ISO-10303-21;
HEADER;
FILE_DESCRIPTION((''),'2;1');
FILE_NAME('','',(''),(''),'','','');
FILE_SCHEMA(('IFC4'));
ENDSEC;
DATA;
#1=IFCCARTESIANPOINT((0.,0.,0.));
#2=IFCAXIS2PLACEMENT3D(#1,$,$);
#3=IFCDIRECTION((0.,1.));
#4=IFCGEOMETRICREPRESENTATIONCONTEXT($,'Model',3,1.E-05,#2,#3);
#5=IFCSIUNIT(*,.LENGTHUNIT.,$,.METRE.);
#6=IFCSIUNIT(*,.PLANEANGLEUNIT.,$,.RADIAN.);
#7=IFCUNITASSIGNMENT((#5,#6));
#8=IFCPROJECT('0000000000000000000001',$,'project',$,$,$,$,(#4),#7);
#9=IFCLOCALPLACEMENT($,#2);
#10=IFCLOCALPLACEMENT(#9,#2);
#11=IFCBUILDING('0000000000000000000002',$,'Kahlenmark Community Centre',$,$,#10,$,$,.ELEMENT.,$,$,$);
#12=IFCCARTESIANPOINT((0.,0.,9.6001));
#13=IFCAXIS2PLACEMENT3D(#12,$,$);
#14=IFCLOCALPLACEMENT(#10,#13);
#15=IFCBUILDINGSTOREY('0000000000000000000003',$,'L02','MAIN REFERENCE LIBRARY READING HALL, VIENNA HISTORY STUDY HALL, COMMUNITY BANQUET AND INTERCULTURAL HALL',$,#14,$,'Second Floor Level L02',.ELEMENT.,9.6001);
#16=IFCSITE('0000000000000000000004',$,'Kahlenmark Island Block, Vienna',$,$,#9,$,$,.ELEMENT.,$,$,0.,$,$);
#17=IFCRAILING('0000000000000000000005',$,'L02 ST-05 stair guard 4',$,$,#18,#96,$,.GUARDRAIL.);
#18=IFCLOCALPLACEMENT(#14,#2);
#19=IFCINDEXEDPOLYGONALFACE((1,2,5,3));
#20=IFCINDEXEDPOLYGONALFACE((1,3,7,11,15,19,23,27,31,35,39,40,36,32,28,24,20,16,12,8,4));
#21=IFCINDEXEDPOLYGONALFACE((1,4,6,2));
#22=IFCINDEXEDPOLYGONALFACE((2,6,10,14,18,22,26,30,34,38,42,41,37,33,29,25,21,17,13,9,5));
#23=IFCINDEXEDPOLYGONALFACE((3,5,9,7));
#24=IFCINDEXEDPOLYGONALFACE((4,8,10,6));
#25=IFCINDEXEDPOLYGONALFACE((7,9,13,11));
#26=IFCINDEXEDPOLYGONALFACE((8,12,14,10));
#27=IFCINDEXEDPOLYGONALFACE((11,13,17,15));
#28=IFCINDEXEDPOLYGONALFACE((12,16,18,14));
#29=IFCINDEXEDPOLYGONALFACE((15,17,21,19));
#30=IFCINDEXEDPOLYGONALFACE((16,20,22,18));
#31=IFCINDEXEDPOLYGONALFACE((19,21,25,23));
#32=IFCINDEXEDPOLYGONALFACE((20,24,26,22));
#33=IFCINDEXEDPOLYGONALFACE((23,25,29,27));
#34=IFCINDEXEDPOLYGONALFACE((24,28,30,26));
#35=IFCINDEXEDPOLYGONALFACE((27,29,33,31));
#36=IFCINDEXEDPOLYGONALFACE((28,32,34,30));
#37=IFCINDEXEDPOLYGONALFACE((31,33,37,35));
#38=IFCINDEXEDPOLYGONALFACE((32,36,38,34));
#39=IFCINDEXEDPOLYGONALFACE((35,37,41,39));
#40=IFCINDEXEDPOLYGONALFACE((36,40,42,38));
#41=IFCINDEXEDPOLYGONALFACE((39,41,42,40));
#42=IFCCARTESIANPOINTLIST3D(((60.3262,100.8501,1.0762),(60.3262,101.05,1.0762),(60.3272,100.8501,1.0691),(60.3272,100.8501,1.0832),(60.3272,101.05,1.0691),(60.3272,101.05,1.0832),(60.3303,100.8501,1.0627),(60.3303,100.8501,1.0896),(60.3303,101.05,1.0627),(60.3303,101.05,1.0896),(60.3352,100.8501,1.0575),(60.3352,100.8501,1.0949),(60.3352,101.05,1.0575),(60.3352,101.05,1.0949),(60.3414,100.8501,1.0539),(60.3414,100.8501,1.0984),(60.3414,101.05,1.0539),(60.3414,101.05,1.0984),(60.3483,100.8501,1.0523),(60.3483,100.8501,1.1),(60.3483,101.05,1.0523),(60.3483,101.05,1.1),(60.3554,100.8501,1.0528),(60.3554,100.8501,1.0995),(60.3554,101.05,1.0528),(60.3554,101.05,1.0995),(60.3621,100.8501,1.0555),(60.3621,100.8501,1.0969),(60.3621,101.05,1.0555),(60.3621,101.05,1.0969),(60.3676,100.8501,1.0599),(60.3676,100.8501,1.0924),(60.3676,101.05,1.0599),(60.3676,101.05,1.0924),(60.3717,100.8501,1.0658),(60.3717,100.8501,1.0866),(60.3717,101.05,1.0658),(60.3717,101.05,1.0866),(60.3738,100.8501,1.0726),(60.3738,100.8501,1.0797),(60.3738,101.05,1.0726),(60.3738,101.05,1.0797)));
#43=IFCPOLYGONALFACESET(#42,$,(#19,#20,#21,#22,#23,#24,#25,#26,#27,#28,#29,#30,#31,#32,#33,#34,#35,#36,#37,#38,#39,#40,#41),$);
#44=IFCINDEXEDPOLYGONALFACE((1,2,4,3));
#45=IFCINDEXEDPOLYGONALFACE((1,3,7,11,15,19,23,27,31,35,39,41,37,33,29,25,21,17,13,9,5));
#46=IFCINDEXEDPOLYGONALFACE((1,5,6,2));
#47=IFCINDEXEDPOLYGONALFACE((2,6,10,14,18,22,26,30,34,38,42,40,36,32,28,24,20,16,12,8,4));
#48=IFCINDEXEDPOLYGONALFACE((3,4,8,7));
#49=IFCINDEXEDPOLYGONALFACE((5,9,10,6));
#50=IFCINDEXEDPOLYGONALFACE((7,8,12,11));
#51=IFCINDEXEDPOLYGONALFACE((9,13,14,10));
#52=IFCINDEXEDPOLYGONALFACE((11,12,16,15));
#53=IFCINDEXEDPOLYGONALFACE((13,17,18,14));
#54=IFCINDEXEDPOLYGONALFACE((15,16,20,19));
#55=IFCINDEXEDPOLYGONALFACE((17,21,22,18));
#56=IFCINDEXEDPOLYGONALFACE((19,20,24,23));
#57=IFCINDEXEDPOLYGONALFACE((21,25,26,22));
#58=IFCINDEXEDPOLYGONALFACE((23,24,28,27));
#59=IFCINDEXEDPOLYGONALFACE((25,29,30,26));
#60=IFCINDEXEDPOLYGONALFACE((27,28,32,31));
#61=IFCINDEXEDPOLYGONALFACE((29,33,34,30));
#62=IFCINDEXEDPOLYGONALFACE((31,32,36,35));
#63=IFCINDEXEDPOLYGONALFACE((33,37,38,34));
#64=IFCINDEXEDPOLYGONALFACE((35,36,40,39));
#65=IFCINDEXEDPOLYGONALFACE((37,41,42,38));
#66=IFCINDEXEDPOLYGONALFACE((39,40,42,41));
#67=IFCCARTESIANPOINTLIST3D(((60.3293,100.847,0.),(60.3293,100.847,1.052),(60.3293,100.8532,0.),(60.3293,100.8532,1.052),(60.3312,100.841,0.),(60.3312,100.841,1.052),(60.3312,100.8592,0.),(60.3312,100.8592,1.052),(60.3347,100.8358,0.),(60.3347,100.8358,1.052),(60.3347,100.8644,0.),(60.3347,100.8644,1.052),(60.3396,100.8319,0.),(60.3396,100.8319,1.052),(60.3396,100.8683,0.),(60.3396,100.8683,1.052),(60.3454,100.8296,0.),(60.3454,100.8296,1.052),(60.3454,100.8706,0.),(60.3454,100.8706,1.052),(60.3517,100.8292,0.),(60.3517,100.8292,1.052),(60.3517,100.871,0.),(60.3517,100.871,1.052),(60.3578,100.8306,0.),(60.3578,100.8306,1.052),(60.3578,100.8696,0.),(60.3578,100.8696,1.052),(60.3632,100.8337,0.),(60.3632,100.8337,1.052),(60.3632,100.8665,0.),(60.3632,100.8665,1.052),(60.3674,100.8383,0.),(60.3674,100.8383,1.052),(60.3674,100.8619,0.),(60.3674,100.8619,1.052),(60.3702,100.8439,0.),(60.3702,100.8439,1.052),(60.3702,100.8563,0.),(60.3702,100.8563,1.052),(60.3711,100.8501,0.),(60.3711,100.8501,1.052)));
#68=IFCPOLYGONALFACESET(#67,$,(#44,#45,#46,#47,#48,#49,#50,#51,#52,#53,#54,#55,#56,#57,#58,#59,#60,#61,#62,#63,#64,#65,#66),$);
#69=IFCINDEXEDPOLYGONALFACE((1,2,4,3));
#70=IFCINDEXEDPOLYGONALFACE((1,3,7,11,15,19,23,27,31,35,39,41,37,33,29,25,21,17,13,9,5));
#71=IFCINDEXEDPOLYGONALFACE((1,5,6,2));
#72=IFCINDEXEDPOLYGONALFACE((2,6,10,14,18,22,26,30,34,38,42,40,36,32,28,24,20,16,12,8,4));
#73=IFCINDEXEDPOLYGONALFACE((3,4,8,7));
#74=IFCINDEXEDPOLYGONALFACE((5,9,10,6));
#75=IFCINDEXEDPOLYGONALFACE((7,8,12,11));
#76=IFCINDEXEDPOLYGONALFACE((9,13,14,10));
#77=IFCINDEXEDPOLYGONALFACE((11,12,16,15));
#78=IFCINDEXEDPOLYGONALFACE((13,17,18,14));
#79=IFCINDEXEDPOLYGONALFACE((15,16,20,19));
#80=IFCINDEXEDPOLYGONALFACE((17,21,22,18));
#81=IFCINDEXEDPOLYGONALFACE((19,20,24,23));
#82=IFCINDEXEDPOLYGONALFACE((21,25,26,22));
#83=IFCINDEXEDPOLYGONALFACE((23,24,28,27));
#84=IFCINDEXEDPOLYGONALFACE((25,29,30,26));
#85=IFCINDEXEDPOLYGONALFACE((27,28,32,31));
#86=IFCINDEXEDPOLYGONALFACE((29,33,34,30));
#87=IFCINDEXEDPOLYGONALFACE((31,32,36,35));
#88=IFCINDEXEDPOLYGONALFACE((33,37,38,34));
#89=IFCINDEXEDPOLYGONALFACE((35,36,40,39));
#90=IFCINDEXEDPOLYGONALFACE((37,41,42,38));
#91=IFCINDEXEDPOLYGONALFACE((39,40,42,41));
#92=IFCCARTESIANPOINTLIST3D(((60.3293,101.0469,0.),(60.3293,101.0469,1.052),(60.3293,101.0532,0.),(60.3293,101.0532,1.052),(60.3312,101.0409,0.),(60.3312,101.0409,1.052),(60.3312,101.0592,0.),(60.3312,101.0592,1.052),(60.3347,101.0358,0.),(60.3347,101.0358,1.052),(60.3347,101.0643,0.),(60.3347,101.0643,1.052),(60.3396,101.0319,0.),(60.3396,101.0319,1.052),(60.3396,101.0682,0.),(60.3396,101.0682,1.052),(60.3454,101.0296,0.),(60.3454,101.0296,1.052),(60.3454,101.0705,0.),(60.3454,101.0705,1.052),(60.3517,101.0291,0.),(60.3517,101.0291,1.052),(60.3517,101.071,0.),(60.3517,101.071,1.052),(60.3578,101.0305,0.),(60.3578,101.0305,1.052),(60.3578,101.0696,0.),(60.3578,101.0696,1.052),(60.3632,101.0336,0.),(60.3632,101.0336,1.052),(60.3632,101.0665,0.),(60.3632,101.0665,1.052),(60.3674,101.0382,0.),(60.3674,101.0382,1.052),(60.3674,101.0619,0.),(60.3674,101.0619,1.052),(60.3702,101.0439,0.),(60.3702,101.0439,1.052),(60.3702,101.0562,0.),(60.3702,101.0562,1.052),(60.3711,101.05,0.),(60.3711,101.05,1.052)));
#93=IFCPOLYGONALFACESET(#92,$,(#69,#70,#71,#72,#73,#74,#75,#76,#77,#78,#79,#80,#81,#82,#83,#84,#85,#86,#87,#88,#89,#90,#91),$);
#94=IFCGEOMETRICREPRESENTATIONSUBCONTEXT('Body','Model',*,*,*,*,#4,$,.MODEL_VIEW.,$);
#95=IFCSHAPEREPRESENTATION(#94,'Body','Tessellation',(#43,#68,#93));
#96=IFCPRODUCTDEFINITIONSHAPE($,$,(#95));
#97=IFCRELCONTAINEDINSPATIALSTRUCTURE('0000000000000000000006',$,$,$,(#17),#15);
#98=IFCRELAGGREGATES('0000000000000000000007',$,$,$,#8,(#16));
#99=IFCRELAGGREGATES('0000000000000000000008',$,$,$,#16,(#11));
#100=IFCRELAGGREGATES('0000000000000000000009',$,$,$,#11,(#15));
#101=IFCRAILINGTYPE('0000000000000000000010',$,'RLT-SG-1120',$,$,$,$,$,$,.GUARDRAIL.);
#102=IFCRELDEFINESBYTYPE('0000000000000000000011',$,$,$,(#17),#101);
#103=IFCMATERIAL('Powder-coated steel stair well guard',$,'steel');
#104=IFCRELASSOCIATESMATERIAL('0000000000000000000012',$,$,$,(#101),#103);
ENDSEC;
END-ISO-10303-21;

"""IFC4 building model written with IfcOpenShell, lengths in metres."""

from ifc_helpers import new_model, si_unit, direction, frame, origin, origin_2d, place, context, subcontext, project, spatial, circle, extrude, material, type_object, element, save


model = new_model("IFC4")

# Units and contexts
model_context = context("Model", 3, precision=1e-05, world=origin(), true_north=direction((0.0, 1.0)))
body_context = subcontext(model_context, "Body", "Model", "MODEL_VIEW")
ifc_project = project(units=[si_unit("LENGTHUNIT", "METRE"), si_unit("PLANEANGLEUNIT", "RADIAN")], contexts=[model_context])

# Site, building, storey
site_placement = place(None, origin())
site = spatial("IfcSite", under=ifc_project, at=site_placement, Name="Kahlenmark Island Block, Vienna", CompositionType="ELEMENT", RefElevation=0.0)
building_placement = place(site_placement, origin())
building = spatial("IfcBuilding", under=site, at=building_placement, Name="Kahlenmark Community Centre", CompositionType="ELEMENT")
storey_placement = place(building_placement, frame((0.0, 0.0, 9.6001)))
storey = spatial("IfcBuildingStorey", under=building, at=storey_placement, Name="L02", Description="MAIN REFERENCE LIBRARY READING HALL, VIENNA HISTORY STUDY HALL, COMMUNITY BANQUET AND INTERCULTURAL HALL", LongName="Second Floor Level L02", CompositionType="ELEMENT", Elevation=9.6001)

# Railing
ifc_material_1 = material(Name="Powder-coated steel stair well guard", Category="steel")
railing_type_1 = type_object("IfcRailingType", Name="RLT-SG-1120", PredefinedType="GUARDRAIL", material=ifc_material_1)
railing_1_placement = place(storey_placement, frame((60.3501, 100.8501, 0.0)))
element("IfcRailing", 1, at=railing_1_placement, inside=storey, type_object=railing_type_1, Name="L02 ST-05 stair guard 4", PredefinedType="GUARDRAIL", context=body_context, shape_type="SweptSolid", body=[
    extrude(circle(Radius=0.0239, at=origin_2d()), frame((0.0, 0.0, 1.0762), z_axis=(0.0, 1.0, 0.0), x_axis=(-1.0, 0.0, 0.0)), (0.0, 0.0, 1.0), 0.2),
    extrude(circle(Radius=0.021, at=origin_2d()), origin(), (0.0, 0.0, 1.0), 1.052),
    extrude(circle(Radius=0.021, at=origin_2d()), frame((0.0, 0.2, 0.0)), (0.0, 0.0, 1.0), 1.052),
])

save(model, "model.ifc")
